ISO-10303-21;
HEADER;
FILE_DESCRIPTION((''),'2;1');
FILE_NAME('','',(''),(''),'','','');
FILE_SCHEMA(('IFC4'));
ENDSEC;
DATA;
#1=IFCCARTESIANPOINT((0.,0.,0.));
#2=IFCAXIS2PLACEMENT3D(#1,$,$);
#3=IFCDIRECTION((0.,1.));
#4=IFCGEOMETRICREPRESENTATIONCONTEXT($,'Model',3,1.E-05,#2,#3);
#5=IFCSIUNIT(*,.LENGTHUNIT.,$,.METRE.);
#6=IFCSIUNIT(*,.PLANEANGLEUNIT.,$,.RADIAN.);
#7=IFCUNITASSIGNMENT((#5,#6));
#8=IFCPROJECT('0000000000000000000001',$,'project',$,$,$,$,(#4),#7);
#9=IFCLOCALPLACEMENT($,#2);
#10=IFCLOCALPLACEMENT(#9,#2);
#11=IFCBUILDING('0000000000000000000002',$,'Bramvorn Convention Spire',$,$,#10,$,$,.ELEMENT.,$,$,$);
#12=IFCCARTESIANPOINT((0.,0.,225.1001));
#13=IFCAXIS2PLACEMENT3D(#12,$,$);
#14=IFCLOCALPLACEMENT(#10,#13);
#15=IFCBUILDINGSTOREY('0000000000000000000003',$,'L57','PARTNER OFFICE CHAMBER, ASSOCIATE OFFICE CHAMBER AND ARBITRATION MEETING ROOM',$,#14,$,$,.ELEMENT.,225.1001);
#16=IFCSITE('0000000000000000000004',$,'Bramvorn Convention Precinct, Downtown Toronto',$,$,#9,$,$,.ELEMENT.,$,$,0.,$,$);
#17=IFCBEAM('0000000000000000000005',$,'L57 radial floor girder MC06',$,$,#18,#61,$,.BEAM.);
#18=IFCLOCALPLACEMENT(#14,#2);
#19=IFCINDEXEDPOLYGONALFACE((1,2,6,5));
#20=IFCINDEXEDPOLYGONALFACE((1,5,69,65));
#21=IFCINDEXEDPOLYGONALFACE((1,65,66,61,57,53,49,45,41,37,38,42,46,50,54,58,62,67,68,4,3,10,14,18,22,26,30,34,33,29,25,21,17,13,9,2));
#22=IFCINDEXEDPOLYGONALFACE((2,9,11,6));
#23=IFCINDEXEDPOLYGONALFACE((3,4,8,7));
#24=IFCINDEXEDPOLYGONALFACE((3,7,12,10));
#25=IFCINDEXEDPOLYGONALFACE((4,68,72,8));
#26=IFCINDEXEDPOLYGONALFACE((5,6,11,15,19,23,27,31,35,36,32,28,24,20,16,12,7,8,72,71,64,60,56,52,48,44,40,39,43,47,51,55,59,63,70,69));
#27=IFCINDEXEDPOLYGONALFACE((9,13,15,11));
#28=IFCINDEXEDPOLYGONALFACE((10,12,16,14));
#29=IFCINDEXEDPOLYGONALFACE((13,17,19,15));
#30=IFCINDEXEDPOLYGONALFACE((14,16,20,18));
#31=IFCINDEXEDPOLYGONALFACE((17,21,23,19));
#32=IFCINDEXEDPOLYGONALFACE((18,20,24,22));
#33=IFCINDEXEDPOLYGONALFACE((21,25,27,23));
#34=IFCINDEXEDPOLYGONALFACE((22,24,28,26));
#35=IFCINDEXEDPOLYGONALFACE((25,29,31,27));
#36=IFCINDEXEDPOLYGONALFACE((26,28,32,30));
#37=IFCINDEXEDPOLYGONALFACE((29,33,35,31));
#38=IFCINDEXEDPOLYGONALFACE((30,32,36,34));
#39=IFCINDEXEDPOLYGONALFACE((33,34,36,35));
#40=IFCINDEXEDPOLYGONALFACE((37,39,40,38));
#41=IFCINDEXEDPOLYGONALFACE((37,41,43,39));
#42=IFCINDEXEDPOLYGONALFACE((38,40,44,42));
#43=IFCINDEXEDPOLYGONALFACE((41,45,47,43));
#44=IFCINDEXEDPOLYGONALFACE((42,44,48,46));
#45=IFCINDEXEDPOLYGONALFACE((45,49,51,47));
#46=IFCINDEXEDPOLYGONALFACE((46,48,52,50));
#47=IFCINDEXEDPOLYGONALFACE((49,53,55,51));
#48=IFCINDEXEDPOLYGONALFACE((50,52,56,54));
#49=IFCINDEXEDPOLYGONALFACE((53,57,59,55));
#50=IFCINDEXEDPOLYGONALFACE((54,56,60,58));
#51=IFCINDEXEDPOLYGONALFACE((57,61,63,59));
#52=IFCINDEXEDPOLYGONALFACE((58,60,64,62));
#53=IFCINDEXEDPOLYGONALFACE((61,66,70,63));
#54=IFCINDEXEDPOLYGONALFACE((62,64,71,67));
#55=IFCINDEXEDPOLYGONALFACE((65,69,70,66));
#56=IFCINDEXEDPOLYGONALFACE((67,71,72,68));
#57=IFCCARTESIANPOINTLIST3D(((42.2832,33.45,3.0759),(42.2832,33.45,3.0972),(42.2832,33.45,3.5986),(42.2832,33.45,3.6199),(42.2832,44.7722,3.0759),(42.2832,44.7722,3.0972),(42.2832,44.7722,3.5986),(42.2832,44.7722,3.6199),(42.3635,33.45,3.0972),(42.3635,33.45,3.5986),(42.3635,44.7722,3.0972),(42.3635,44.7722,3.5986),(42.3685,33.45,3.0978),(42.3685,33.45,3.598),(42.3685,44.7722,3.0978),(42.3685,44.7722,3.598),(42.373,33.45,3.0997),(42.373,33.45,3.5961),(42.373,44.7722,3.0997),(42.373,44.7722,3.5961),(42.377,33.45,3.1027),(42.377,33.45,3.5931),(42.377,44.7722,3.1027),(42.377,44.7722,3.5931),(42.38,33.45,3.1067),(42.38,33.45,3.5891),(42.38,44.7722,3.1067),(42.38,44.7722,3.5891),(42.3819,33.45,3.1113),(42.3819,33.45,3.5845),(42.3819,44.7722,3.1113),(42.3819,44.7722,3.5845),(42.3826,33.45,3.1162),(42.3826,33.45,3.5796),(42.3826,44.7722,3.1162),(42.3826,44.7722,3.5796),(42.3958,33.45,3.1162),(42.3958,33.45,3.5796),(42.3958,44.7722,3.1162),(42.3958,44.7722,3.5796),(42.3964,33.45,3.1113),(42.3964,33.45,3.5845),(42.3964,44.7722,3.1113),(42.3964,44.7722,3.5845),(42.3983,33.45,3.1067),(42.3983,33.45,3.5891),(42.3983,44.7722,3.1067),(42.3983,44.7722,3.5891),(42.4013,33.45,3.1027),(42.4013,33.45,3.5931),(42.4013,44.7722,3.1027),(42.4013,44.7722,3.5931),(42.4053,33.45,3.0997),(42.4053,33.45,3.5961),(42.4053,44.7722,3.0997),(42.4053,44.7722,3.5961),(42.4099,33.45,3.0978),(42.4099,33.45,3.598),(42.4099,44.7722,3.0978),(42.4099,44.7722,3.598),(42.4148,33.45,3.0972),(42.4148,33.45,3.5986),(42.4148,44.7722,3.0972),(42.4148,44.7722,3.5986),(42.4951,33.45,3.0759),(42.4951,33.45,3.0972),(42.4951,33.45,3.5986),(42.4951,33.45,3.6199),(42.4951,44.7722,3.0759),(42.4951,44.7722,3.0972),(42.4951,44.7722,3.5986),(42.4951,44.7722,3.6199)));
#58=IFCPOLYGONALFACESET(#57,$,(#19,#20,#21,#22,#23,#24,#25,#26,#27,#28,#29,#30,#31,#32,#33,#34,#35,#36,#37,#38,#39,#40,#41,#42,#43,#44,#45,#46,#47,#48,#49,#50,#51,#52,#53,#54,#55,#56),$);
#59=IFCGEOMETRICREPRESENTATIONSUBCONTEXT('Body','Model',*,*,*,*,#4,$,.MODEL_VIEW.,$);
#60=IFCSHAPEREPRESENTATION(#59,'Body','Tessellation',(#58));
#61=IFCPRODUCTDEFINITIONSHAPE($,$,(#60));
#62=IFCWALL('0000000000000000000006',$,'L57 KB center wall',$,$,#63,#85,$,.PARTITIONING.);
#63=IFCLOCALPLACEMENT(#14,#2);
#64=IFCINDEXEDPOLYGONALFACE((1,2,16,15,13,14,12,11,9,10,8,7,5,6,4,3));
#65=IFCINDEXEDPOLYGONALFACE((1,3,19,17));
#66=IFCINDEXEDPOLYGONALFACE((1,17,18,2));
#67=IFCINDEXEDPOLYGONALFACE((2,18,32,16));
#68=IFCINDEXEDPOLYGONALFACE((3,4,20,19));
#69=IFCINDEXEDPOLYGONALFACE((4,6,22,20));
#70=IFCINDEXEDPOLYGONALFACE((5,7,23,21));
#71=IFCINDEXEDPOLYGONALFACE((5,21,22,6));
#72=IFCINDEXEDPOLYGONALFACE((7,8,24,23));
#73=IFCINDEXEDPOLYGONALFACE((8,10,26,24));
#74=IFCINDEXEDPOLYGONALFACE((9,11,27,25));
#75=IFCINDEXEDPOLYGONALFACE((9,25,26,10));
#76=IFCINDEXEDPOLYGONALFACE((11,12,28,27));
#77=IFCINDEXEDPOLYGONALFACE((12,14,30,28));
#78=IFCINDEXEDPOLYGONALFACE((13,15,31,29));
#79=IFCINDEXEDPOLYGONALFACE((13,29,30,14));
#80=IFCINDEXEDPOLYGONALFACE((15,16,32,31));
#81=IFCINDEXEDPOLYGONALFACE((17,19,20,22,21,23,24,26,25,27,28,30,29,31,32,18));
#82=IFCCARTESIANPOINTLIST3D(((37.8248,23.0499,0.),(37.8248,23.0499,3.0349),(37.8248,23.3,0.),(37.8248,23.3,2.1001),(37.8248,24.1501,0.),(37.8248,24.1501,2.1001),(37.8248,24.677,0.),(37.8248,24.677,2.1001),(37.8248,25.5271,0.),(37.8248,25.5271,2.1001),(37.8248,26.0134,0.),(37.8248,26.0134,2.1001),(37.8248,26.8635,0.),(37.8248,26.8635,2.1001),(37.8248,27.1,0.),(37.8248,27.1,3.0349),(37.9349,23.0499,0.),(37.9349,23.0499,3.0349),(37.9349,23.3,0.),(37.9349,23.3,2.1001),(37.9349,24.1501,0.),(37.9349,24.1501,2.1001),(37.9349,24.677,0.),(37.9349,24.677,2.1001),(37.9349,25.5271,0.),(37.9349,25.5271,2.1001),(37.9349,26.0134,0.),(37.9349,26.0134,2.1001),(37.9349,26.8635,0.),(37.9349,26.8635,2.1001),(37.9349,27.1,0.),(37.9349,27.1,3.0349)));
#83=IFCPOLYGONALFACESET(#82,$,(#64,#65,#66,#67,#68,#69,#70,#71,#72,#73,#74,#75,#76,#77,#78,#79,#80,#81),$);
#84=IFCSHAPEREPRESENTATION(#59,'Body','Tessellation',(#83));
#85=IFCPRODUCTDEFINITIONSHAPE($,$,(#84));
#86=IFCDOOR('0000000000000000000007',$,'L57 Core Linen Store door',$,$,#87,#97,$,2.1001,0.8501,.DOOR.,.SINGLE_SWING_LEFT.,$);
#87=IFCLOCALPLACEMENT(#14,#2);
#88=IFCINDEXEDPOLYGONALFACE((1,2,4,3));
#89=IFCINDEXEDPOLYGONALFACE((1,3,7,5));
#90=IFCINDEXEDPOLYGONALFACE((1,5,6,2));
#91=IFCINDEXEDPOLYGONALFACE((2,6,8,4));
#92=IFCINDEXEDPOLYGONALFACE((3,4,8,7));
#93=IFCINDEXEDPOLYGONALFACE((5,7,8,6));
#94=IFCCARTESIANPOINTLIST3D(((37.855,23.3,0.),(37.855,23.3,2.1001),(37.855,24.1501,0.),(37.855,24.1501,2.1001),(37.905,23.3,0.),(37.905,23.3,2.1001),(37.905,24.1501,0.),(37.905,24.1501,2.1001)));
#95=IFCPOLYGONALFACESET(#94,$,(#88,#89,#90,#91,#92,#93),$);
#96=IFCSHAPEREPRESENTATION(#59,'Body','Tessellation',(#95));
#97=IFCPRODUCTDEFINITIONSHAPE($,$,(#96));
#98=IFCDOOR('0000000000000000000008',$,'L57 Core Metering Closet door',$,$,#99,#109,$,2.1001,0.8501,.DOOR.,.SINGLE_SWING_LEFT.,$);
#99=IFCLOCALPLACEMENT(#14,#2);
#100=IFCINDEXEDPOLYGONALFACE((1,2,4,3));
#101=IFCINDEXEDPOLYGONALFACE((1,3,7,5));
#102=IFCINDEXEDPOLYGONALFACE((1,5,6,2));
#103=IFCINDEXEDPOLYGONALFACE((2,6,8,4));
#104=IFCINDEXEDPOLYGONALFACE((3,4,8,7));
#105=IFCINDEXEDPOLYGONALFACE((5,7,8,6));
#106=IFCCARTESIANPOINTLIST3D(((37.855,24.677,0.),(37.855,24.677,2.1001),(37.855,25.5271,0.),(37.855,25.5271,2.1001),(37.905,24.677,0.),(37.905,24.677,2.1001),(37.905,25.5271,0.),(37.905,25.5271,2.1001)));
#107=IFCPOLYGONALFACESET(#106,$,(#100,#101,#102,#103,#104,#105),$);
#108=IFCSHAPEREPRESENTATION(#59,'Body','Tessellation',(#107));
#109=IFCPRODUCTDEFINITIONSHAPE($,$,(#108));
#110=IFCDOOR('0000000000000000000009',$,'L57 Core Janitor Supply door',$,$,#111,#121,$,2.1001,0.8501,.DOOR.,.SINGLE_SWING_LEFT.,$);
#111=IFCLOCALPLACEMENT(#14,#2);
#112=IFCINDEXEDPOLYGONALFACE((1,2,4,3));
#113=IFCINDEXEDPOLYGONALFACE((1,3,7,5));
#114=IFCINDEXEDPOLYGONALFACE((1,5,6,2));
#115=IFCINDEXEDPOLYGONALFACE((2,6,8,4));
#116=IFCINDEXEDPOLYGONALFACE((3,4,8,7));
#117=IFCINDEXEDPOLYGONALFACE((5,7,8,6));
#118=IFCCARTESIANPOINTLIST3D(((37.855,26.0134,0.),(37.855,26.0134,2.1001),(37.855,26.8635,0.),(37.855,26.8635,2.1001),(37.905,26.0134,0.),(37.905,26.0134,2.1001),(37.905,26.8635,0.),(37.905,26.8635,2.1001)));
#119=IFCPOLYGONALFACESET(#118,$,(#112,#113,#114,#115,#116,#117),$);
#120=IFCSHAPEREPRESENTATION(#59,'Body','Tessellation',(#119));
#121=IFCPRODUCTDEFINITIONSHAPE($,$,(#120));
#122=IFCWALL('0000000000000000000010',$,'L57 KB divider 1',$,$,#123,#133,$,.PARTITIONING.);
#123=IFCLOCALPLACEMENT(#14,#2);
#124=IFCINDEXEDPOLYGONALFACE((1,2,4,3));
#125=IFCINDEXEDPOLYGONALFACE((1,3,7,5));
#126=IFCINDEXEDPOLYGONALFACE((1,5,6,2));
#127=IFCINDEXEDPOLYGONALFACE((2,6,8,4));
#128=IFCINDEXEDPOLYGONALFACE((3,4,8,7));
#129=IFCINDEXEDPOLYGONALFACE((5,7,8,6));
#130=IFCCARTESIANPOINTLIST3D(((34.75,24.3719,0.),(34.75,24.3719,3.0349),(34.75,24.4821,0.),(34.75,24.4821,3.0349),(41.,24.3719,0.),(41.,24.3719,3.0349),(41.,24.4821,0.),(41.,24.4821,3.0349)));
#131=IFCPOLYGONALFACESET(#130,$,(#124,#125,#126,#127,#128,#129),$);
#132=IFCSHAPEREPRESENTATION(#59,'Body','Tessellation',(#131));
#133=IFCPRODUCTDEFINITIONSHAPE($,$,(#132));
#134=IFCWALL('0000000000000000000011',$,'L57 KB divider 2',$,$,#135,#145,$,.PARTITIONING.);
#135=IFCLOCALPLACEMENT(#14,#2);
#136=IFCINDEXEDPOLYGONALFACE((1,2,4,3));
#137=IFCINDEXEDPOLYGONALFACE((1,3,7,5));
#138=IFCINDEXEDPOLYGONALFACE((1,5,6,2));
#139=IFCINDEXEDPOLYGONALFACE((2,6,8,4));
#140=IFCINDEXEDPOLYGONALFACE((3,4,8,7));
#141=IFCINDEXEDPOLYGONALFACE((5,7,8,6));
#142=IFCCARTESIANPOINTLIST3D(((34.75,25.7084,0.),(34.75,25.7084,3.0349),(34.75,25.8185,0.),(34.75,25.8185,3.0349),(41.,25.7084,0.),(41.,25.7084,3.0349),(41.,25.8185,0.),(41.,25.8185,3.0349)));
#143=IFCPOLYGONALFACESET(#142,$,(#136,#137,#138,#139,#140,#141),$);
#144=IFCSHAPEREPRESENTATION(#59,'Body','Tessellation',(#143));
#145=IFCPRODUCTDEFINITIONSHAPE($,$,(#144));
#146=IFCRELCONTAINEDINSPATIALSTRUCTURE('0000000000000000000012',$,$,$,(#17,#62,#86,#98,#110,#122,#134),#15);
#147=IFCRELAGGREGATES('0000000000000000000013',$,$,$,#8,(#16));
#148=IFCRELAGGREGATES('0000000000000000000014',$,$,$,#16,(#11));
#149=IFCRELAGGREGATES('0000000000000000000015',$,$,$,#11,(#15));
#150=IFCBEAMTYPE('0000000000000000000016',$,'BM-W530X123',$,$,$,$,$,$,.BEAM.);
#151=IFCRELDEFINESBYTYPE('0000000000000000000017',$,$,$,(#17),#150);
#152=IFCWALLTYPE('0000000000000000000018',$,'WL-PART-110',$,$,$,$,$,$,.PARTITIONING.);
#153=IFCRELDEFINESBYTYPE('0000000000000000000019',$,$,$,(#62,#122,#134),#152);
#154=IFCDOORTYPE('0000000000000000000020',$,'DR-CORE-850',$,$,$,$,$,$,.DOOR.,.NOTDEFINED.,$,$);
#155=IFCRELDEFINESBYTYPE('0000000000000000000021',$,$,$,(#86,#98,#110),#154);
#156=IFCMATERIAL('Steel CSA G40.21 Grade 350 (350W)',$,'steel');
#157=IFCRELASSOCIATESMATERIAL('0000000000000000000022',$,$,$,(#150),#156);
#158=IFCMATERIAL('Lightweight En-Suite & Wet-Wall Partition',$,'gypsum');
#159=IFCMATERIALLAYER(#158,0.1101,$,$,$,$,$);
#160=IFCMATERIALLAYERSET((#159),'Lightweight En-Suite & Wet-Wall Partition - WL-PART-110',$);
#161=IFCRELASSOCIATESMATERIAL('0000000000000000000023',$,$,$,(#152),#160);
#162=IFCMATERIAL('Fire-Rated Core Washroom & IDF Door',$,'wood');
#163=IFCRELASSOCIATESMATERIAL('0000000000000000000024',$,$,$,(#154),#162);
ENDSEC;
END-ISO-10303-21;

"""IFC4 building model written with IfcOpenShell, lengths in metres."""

from ifc_helpers import new_model, si_unit, direction, frame, frame_2d, origin, origin_2d, place, context, subcontext, project, spatial, rectangle, i_section, extrude, material, layer, layer_set, material_profile, profile_set, type_object, element, fill, save


model = new_model("IFC4")

# Units and contexts
model_context = context("Model", 3, precision=1e-05, world=origin(), true_north=direction((0.0, 1.0)))
body_context = subcontext(model_context, "Body", "Model", "MODEL_VIEW")
ifc_project = project(units=[si_unit("LENGTHUNIT", "METRE"), si_unit("PLANEANGLEUNIT", "RADIAN")], contexts=[model_context])

# Site, building, storey
site_placement = place(None, origin())
site = spatial("IfcSite", under=ifc_project, at=site_placement, Name="Bramvorn Convention Precinct, Downtown Toronto", CompositionType="ELEMENT", RefElevation=0.0)
building_placement = place(site_placement, origin())
building = spatial("IfcBuilding", under=site, at=building_placement, Name="Bramvorn Convention Spire", CompositionType="ELEMENT")
storey_placement = place(building_placement, frame((0.0, 0.0, 225.1001)))
storey = spatial("IfcBuildingStorey", under=building, at=storey_placement, Name="L57", Description="PARTNER OFFICE CHAMBER, ASSOCIATE OFFICE CHAMBER AND ARBITRATION MEETING ROOM", CompositionType="ELEMENT", Elevation=225.1001)

# Beam
ifc_material_1 = material(Name="Steel CSA G40.21 Grade 350 (350W)", Category="steel")
ifc_material_profile = material_profile(ifc_material_1, i_section(OverallWidth=0.2119, OverallDepth=0.5439, WebThickness=0.0132, FlangeThickness=0.0212, FilletRadius=0.019, at=origin_2d()))
ifc_profile_set = profile_set([ifc_material_profile], Name="Steel CSA G40.21 Grade 350 (350W) - W530X123")
beam_type = type_object("IfcBeamType", Name="BM-W530X123", PredefinedType="BEAM", material=ifc_profile_set)
beam_placement = place(storey_placement, frame((42.3892, 33.45, 3.3479), z_axis=(0.0, 1.0, 0.0), x_axis=(-1.0, 0.0, 0.0)))
element("IfcBeam", 1, at=beam_placement, inside=storey, type_object=beam_type, Name="L57 radial floor girder MC06", PredefinedType="BEAM", context=body_context, shape_type="SweptSolid", body=[
    extrude(i_section(OverallWidth=0.2119, OverallDepth=0.5439, WebThickness=0.0132, FlangeThickness=0.0212, FilletRadius=0.019, at=origin_2d()), origin(), (0.0, 0.0, 1.0), 11.3223),
])

# Wall, openings, doors
ifc_material_2 = material(Name="Lightweight En-Suite & Wet-Wall Partition", Category="gypsum")
ifc_layer_1 = layer(ifc_material_2, 0.1101)
ifc_layer_set_1 = layer_set([ifc_layer_1], Name="Lightweight En-Suite & Wet-Wall Partition - WL-PART-110")
wall_type_1 = type_object("IfcWallType", Name="WL-PART-110", PredefinedType="PARTITIONING", material=ifc_layer_set_1)
wall_1_placement = place(storey_placement, frame((37.8799, 23.05, 0.0), z_axis=(0.0, 0.0, 1.0), x_axis=(0.0, 1.0, 0.0)))
wall_1 = element("IfcWall", 2, at=wall_1_placement, inside=storey, type_object=wall_type_1, Name="L57 KB center wall", PredefinedType="PARTITIONING", context=body_context, shape_type="SweptSolid", body=[
    extrude(rectangle(XDim=4.05, YDim=0.1101, at=frame_2d((2.0249, 0.0))), origin(), (0.0, 0.0, 1.0), 3.0349),
])
opening_1_placement = place(wall_1_placement, frame((0.25, 0.0, 0.0)))
opening_1 = element("IfcOpeningElement", 3, at=opening_1_placement, cuts=wall_1, PredefinedType="OPENING", context=body_context, shape_type="SweptSolid", body=[
    extrude(rectangle(XDim=0.8501, YDim=2.1001, at=frame_2d((0.425, 1.05))), frame((0.0, 0.0649, 0.0), z_axis=(0.0, -1.0, 0.0), x_axis=(1.0, 0.0, 0.0)), (0.0, 0.0, 1.0), 0.1301),
])
opening_2_placement = place(wall_1_placement, frame((1.627, 0.0, 0.0)))
opening_2 = element("IfcOpeningElement", 4, at=opening_2_placement, cuts=wall_1, PredefinedType="OPENING", context=body_context, shape_type="SweptSolid", body=[
    extrude(rectangle(XDim=0.8501, YDim=2.1001, at=frame_2d((0.425, 1.05))), frame((0.0, 0.0649, 0.0), z_axis=(0.0, -1.0, 0.0), x_axis=(1.0, 0.0, 0.0)), (0.0, 0.0, 1.0), 0.1301),
])
opening_3_placement = place(wall_1_placement, frame((2.9634, 0.0, 0.0)))
opening_3 = element("IfcOpeningElement", 5, at=opening_3_placement, cuts=wall_1, PredefinedType="OPENING", context=body_context, shape_type="SweptSolid", body=[
    extrude(rectangle(XDim=0.8501, YDim=2.1001, at=frame_2d((0.425, 1.05))), frame((0.0, 0.0649, 0.0), z_axis=(0.0, -1.0, 0.0), x_axis=(1.0, 0.0, 0.0)), (0.0, 0.0, 1.0), 0.1301),
])
ifc_material_3 = material(Name="Fire-Rated Core Washroom & IDF Door", Category="wood")
door_type_1 = type_object("IfcDoorType", Name="DR-CORE-850", OperationType="NOTDEFINED", PredefinedType="DOOR", material=ifc_material_3)
door_1_placement = place(opening_1_placement, origin())
door_1 = element("IfcDoor", 6, at=door_1_placement, inside=storey, type_object=door_type_1, Name="L57 Core Linen Store door", OperationType="SINGLE_SWING_LEFT", OverallHeight=2.1001, OverallWidth=0.8501, PredefinedType="DOOR", context=body_context, shape_type="SweptSolid", body=[
    extrude(rectangle(XDim=0.8501, YDim=2.1001, at=frame_2d((0.425, 1.05))), frame((0.0, 0.0249, 0.0), z_axis=(0.0, -1.0, 0.0), x_axis=(1.0, 0.0, 0.0)), (0.0, 0.0, 1.0), 0.05),
])
fill(opening_1, door_1)
door_2_placement = place(opening_2_placement, origin())
door_2 = element("IfcDoor", 7, at=door_2_placement, inside=storey, type_object=door_type_1, Name="L57 Core Metering Closet door", OperationType="SINGLE_SWING_LEFT", OverallHeight=2.1001, OverallWidth=0.8501, PredefinedType="DOOR", context=body_context, shape_type="SweptSolid", body=[
    extrude(rectangle(XDim=0.8501, YDim=2.1001, at=frame_2d((0.425, 1.05))), frame((0.0, 0.0249, 0.0), z_axis=(0.0, -1.0, 0.0), x_axis=(1.0, 0.0, 0.0)), (0.0, 0.0, 1.0), 0.05),
])
fill(opening_2, door_2)
door_3_placement = place(opening_3_placement, origin())
door_3 = element("IfcDoor", 8, at=door_3_placement, inside=storey, type_object=door_type_1, Name="L57 Core Janitor Supply door", OperationType="SINGLE_SWING_LEFT", OverallHeight=2.1001, OverallWidth=0.8501, PredefinedType="DOOR", context=body_context, shape_type="SweptSolid", body=[
    extrude(rectangle(XDim=0.8501, YDim=2.1001, at=frame_2d((0.425, 1.05))), frame((0.0, 0.0249, 0.0), z_axis=(0.0, -1.0, 0.0), x_axis=(1.0, 0.0, 0.0)), (0.0, 0.0, 1.0), 0.05),
])
fill(opening_3, door_3)

# Walls
for number, where, z_axis, x_axis, name in (
    (9, (34.75, 24.427, 0.0), (0.0, 0.0, 1.0), (1.0, 0.0, 0.0), "L57 KB divider 1"),
    (10, (34.75, 25.7634, 0.0), (0.0, 0.0, 1.0), (1.0, 0.0, 0.0), "L57 KB divider 2"),
):
    element("IfcWall", number, at=place(storey_placement, frame(where, z_axis=z_axis, x_axis=x_axis)), inside=storey, type_object=wall_type_1, Name=name, PredefinedType="PARTITIONING", context=body_context, shape_type="SweptSolid", body=[
        extrude(rectangle(XDim=6.25, YDim=0.1101, at=frame_2d((3.125, 0.0))), origin(), (0.0, 0.0, 1.0), 3.0349),
    ])

save(model, "model.ifc")
